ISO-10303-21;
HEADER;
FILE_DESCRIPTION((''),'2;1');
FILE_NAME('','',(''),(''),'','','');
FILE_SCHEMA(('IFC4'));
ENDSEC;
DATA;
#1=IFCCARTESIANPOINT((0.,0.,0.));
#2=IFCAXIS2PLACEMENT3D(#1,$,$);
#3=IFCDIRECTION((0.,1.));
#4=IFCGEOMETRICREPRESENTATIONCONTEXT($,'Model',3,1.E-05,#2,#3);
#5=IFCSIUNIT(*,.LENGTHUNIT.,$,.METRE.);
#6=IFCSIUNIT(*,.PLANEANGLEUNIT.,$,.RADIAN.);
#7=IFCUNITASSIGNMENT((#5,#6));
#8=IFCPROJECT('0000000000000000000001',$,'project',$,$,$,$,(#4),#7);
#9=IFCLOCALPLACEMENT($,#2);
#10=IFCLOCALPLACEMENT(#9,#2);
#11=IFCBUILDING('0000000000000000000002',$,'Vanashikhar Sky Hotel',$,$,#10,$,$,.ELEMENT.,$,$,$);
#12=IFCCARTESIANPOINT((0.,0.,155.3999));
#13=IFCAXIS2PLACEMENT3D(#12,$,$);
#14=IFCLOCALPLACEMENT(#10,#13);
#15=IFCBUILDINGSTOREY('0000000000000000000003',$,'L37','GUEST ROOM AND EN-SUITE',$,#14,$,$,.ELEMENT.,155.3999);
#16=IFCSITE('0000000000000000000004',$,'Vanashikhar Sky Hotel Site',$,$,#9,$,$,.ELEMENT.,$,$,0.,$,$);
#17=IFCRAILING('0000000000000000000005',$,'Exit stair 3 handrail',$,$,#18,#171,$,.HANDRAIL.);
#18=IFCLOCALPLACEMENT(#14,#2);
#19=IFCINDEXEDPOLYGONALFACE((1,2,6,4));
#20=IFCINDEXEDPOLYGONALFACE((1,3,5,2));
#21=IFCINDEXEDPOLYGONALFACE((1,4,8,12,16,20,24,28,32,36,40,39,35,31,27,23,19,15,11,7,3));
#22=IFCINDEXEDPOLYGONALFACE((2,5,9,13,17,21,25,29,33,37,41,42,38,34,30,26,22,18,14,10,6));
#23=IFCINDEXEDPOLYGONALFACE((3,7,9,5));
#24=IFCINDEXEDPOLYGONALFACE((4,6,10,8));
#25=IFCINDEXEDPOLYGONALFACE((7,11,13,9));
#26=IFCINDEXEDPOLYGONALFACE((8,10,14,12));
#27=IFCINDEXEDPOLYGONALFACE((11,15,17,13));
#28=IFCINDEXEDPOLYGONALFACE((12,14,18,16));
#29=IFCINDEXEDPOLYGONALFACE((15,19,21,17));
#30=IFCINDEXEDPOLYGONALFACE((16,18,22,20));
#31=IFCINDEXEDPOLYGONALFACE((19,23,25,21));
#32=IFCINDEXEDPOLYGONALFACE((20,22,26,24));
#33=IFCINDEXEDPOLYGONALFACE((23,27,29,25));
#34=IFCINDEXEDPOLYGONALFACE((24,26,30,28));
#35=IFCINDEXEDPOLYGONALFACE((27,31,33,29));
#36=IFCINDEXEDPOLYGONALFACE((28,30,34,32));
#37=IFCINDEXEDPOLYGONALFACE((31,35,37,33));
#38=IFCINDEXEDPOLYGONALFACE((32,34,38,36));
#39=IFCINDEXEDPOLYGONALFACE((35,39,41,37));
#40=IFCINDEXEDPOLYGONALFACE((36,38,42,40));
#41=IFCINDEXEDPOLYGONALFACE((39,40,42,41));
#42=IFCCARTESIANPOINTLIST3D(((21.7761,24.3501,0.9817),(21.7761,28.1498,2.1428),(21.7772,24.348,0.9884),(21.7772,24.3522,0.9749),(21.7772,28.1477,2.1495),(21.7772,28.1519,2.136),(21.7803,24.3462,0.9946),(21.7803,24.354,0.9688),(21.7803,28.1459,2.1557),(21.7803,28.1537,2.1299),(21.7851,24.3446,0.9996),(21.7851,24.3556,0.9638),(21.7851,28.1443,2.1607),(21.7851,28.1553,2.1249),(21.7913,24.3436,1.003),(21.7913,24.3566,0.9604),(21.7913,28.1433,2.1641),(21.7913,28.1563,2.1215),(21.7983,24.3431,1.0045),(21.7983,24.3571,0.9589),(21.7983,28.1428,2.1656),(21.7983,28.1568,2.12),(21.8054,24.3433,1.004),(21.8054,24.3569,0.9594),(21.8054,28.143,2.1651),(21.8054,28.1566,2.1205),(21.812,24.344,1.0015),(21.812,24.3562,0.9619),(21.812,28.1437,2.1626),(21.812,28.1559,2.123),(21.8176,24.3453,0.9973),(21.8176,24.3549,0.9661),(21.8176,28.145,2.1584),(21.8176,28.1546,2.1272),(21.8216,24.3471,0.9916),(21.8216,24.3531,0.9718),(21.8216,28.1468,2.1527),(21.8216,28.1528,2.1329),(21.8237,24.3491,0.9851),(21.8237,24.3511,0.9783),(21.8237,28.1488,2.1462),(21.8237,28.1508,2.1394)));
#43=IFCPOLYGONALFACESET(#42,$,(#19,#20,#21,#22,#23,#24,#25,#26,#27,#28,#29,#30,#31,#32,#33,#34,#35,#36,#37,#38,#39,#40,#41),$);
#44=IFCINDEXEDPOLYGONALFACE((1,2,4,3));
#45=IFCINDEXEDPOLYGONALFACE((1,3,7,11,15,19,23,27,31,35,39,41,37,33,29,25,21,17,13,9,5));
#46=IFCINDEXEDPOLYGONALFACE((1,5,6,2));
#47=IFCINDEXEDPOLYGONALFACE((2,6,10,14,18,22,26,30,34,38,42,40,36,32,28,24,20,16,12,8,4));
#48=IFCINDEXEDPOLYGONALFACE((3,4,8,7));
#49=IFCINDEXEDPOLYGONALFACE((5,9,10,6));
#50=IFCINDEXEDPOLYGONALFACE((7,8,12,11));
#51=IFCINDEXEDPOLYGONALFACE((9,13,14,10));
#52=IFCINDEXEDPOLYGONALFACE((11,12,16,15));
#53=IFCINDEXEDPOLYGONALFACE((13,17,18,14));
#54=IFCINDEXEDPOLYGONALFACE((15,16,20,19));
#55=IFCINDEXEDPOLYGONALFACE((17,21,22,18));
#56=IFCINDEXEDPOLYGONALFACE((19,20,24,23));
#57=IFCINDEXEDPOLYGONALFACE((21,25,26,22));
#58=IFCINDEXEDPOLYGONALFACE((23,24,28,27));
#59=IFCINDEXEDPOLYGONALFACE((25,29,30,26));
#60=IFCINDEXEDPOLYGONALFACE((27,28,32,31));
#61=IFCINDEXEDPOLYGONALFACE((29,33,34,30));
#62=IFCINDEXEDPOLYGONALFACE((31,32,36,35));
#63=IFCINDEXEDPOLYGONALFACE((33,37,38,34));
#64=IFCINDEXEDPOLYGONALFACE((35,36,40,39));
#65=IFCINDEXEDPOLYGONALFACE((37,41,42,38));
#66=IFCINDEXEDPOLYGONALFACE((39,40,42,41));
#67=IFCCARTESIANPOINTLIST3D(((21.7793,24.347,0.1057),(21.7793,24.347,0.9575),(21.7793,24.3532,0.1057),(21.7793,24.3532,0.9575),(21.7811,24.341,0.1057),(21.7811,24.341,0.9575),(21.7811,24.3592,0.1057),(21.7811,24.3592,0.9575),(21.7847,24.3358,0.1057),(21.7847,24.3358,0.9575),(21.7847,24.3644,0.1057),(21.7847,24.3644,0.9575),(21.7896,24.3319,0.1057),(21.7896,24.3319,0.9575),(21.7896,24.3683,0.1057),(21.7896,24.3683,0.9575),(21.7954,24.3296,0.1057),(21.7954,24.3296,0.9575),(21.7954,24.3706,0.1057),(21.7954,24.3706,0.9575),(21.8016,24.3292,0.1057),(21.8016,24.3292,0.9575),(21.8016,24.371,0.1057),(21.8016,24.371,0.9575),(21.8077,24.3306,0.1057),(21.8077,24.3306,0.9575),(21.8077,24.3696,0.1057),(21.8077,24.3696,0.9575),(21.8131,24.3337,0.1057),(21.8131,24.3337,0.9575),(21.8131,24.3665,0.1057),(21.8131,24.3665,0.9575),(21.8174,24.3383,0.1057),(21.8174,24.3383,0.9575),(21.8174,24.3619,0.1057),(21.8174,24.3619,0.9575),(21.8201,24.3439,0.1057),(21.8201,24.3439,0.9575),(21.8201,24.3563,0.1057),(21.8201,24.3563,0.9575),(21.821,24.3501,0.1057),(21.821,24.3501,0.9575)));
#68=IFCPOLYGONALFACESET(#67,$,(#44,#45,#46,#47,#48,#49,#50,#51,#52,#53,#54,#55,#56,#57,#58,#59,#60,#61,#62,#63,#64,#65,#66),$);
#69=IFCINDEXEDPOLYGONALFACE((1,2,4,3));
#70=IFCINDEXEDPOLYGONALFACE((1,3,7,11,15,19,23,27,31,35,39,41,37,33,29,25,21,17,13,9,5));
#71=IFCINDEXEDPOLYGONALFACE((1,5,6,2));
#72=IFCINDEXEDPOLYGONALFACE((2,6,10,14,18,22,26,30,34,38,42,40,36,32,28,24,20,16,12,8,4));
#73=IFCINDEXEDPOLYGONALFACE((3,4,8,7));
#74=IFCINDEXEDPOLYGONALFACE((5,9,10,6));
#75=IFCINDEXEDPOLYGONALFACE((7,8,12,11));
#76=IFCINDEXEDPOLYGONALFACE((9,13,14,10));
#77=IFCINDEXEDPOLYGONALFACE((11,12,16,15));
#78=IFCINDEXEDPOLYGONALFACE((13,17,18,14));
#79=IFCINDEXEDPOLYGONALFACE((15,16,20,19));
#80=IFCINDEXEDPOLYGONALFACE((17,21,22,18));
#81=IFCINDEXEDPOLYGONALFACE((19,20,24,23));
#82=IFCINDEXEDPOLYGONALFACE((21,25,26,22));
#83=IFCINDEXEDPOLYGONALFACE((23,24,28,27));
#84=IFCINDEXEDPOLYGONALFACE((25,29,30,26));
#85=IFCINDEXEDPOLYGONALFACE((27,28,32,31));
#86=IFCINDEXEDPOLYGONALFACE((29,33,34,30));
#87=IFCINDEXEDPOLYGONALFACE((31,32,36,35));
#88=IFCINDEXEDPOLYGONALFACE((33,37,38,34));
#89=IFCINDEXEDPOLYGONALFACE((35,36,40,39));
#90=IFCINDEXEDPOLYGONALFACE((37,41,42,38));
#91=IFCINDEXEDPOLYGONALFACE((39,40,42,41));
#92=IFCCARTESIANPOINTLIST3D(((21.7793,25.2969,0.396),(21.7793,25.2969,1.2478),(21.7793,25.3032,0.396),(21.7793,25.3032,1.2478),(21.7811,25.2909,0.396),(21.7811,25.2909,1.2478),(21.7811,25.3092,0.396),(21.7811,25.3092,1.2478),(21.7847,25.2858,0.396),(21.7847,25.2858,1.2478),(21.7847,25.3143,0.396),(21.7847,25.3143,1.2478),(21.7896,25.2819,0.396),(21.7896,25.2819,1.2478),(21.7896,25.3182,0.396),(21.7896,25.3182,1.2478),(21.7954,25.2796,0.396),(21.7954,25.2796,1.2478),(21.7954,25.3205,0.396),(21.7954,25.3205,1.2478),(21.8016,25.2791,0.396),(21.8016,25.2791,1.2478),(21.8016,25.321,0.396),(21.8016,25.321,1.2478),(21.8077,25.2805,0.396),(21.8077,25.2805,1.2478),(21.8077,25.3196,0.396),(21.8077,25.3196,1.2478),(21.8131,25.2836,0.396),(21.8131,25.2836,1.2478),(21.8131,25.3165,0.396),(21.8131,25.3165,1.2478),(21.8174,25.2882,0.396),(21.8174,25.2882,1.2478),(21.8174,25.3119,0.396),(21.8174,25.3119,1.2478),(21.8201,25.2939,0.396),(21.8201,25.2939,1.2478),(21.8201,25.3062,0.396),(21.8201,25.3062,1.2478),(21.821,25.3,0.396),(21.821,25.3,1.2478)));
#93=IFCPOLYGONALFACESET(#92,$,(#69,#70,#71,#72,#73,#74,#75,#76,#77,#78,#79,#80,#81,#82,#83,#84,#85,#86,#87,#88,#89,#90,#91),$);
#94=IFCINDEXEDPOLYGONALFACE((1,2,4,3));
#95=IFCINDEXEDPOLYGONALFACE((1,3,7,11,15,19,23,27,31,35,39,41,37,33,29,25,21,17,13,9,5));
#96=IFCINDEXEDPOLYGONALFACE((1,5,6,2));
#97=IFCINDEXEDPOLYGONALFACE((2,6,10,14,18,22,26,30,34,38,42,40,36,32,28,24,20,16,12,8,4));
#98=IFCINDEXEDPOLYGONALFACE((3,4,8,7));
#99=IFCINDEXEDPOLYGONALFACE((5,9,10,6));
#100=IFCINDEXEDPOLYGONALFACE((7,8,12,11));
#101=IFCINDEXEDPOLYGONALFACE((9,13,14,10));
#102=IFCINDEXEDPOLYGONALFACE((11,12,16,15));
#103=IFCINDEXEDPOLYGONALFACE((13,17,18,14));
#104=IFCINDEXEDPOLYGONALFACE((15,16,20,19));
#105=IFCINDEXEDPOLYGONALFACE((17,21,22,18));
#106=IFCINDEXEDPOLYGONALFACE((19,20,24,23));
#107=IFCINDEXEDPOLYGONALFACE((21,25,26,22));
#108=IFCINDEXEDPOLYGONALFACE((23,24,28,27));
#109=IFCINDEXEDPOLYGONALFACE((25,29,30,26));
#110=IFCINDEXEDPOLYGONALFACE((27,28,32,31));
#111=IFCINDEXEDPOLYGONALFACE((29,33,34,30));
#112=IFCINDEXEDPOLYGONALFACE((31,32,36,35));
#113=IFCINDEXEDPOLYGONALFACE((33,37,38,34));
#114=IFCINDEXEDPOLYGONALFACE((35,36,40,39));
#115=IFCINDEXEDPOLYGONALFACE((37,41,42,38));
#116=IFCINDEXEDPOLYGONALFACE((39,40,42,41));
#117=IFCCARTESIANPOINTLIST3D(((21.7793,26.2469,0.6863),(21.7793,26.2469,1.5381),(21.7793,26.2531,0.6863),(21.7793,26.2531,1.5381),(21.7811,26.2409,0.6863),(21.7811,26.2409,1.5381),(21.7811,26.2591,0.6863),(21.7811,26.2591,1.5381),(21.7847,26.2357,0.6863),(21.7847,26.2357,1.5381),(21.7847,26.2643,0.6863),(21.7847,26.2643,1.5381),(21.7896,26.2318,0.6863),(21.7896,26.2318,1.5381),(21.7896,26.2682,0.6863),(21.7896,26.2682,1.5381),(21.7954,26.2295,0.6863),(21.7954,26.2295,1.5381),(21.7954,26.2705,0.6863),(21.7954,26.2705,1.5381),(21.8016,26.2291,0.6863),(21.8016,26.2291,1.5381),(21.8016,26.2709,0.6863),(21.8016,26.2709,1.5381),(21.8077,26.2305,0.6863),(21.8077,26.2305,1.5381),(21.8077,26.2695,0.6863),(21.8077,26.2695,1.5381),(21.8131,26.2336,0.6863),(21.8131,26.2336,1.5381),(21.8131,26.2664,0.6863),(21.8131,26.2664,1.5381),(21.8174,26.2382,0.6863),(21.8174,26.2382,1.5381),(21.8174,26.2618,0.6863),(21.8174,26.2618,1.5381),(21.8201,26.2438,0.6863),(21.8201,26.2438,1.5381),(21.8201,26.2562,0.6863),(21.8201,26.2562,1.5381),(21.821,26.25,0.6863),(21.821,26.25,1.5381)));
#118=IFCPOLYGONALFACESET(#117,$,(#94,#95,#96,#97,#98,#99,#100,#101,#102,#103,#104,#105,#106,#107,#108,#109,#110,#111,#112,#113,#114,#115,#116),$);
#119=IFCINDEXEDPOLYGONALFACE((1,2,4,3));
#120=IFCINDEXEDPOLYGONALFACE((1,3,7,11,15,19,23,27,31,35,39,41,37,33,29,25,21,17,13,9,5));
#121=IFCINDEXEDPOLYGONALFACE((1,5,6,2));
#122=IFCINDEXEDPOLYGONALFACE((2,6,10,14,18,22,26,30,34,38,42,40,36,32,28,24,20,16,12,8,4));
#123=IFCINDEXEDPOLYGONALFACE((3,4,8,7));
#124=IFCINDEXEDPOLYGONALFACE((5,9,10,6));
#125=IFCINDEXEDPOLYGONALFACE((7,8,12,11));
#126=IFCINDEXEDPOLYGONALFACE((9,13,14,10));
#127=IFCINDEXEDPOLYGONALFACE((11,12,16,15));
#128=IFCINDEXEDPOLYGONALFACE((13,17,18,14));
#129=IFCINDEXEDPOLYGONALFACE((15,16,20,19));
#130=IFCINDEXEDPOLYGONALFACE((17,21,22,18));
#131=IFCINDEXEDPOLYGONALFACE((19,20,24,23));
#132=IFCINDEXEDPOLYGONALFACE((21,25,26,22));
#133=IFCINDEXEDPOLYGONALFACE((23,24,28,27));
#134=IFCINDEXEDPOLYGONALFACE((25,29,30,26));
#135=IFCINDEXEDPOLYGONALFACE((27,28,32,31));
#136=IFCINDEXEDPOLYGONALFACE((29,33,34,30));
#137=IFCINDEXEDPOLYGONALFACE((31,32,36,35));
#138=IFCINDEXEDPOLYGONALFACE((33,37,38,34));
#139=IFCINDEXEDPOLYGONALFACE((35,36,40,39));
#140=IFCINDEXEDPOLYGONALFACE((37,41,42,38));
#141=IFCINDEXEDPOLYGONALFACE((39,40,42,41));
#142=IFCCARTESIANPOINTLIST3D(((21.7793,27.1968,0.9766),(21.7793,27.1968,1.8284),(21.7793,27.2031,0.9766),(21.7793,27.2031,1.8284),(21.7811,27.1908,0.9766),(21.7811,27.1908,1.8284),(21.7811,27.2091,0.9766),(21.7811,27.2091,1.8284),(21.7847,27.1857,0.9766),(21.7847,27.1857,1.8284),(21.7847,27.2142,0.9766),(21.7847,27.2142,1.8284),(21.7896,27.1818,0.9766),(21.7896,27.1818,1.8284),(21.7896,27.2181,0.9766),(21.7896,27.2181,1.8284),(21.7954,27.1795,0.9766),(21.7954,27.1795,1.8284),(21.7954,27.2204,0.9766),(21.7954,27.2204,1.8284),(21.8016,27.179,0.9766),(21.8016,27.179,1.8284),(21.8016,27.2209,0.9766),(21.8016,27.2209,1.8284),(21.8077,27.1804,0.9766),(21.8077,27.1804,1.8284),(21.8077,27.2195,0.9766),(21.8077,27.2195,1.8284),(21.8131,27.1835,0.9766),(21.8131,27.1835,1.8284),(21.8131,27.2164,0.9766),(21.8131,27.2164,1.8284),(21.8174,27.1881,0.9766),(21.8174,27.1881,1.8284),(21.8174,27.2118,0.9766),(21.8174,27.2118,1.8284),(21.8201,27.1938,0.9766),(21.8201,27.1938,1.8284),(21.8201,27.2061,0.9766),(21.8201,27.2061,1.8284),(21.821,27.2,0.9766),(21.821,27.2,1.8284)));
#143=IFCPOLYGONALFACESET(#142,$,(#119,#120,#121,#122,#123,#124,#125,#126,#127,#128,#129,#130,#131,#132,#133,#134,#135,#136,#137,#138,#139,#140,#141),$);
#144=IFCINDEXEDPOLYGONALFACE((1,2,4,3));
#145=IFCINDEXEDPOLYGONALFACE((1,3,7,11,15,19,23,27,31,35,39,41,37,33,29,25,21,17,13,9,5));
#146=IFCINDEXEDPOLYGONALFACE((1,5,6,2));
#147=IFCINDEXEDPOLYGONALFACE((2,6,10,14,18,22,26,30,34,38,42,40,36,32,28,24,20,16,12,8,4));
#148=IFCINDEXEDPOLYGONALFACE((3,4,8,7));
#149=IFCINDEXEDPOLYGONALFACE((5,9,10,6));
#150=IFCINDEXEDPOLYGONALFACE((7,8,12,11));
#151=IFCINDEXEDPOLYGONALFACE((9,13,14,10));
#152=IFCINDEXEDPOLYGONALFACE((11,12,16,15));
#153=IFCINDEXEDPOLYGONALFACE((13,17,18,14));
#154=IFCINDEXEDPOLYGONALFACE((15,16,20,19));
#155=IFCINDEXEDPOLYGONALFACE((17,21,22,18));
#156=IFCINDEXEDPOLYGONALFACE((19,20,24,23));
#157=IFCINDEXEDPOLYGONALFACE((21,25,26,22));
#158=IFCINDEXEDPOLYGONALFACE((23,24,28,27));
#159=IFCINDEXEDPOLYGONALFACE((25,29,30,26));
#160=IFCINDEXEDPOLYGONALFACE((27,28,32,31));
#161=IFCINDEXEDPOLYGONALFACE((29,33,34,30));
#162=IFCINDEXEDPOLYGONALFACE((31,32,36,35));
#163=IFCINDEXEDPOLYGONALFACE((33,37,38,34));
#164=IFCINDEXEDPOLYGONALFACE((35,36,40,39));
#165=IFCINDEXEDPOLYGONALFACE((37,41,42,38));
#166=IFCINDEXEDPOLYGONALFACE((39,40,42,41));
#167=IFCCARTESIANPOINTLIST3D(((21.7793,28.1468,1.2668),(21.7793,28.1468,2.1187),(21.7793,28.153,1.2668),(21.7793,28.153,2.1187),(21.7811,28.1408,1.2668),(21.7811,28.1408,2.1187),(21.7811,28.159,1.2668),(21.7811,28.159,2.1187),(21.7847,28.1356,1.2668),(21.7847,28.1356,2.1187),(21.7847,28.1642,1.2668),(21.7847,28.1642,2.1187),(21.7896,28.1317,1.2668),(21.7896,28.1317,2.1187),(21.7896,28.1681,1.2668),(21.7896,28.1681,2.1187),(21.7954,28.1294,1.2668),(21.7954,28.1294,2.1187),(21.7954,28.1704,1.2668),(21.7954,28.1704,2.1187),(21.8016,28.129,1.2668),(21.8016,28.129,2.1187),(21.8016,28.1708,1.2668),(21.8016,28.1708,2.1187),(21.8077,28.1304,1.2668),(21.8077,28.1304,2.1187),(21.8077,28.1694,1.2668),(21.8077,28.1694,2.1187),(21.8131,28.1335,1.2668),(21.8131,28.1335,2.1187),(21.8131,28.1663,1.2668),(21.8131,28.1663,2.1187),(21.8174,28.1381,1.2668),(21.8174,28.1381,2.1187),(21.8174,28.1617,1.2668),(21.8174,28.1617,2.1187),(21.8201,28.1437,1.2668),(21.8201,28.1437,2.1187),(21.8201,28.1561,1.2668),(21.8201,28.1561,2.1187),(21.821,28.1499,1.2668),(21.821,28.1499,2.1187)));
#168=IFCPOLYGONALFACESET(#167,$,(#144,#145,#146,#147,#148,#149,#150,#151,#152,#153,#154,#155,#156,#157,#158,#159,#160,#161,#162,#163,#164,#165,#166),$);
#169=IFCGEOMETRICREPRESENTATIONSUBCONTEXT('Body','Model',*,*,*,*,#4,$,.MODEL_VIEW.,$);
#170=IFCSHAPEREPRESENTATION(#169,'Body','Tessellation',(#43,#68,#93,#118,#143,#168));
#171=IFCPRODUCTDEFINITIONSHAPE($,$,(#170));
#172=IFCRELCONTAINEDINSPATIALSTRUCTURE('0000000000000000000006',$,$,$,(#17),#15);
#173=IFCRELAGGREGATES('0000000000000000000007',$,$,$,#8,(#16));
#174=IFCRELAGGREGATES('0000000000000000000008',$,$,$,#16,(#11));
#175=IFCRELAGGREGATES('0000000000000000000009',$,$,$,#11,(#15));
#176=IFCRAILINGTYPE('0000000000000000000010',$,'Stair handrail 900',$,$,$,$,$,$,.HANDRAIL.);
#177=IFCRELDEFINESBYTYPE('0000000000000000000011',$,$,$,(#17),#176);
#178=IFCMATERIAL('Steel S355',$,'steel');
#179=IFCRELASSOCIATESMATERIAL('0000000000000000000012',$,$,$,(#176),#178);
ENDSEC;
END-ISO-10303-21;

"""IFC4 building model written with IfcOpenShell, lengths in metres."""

from ifc_helpers import new_model, si_unit, direction, frame, origin, origin_2d, place, context, subcontext, project, spatial, circle, extrude, source, transform, mapped, material, type_object, element, save


model = new_model("IFC4")

# Units and contexts
model_context = context("Model", 3, precision=1e-05, world=origin(), true_north=direction((0.0, 1.0)))
body_context = subcontext(model_context, "Body", "Model", "MODEL_VIEW")
ifc_project = project(units=[si_unit("LENGTHUNIT", "METRE"), si_unit("PLANEANGLEUNIT", "RADIAN")], contexts=[model_context])

# Site, building, storey
site_placement = place(None, origin())
site = spatial("IfcSite", under=ifc_project, at=site_placement, Name="Vanashikhar Sky Hotel Site", CompositionType="ELEMENT", RefElevation=0.0)
building_placement = place(site_placement, origin())
building = spatial("IfcBuilding", under=site, at=building_placement, Name="Vanashikhar Sky Hotel", CompositionType="ELEMENT")
storey_placement = place(building_placement, frame((0.0, 0.0, 155.3999)))
storey = spatial("IfcBuildingStorey", under=building, at=storey_placement, Name="L37", Description="GUEST ROOM AND EN-SUITE", CompositionType="ELEMENT", Elevation=155.3999)

# Railing
ifc_material_1 = material(Name="Steel S355", Category="steel")
railing_type_1 = type_object("IfcRailingType", Name="Stair handrail 900", PredefinedType="HANDRAIL", material=ifc_material_1)
shared_shape_1 = source(origin(), body_context, "Body", "SweptSolid", [
    extrude(circle(Radius=0.0239, at=origin_2d()), frame((0.0, 0.0, 0.876), z_axis=(0.0, 0.956346, 0.292237), x_axis=(-1.0, 0.0, 0.0)), (0.0, 0.0, 1.0), 3.9731),
    extrude(circle(Radius=0.021, at=origin_2d()), origin(), (0.0, 0.0, 1.0), 0.8518),
    extrude(circle(Radius=0.021, at=origin_2d()), frame((0.0, 0.95, 0.2903)), (0.0, 0.0, 1.0), 0.8518),
    extrude(circle(Radius=0.021, at=origin_2d()), frame((0.0, 1.8999, 0.5806)), (0.0, 0.0, 1.0), 0.8518),
    extrude(circle(Radius=0.021, at=origin_2d()), frame((0.0, 2.8499, 0.8708)), (0.0, 0.0, 1.0), 0.8518),
    extrude(circle(Radius=0.021, at=origin_2d()), frame((0.0, 3.7998, 1.1611)), (0.0, 0.0, 1.0), 0.8518),
])
for number, where, name in (
    (1, (21.8, 24.3501, 0.1057), "Exit stair 3 handrail"),
):
    element("IfcRailing", number, at=place(storey_placement, frame(where)), inside=storey, type_object=railing_type_1, Name=name, PredefinedType="HANDRAIL", context=body_context, shape_type="MappedRepresentation", body=[
        mapped(shared_shape_1, transform((0.0, 0.0, 0.0), scale=1.0)),
    ])

save(model, "model.ifc")
